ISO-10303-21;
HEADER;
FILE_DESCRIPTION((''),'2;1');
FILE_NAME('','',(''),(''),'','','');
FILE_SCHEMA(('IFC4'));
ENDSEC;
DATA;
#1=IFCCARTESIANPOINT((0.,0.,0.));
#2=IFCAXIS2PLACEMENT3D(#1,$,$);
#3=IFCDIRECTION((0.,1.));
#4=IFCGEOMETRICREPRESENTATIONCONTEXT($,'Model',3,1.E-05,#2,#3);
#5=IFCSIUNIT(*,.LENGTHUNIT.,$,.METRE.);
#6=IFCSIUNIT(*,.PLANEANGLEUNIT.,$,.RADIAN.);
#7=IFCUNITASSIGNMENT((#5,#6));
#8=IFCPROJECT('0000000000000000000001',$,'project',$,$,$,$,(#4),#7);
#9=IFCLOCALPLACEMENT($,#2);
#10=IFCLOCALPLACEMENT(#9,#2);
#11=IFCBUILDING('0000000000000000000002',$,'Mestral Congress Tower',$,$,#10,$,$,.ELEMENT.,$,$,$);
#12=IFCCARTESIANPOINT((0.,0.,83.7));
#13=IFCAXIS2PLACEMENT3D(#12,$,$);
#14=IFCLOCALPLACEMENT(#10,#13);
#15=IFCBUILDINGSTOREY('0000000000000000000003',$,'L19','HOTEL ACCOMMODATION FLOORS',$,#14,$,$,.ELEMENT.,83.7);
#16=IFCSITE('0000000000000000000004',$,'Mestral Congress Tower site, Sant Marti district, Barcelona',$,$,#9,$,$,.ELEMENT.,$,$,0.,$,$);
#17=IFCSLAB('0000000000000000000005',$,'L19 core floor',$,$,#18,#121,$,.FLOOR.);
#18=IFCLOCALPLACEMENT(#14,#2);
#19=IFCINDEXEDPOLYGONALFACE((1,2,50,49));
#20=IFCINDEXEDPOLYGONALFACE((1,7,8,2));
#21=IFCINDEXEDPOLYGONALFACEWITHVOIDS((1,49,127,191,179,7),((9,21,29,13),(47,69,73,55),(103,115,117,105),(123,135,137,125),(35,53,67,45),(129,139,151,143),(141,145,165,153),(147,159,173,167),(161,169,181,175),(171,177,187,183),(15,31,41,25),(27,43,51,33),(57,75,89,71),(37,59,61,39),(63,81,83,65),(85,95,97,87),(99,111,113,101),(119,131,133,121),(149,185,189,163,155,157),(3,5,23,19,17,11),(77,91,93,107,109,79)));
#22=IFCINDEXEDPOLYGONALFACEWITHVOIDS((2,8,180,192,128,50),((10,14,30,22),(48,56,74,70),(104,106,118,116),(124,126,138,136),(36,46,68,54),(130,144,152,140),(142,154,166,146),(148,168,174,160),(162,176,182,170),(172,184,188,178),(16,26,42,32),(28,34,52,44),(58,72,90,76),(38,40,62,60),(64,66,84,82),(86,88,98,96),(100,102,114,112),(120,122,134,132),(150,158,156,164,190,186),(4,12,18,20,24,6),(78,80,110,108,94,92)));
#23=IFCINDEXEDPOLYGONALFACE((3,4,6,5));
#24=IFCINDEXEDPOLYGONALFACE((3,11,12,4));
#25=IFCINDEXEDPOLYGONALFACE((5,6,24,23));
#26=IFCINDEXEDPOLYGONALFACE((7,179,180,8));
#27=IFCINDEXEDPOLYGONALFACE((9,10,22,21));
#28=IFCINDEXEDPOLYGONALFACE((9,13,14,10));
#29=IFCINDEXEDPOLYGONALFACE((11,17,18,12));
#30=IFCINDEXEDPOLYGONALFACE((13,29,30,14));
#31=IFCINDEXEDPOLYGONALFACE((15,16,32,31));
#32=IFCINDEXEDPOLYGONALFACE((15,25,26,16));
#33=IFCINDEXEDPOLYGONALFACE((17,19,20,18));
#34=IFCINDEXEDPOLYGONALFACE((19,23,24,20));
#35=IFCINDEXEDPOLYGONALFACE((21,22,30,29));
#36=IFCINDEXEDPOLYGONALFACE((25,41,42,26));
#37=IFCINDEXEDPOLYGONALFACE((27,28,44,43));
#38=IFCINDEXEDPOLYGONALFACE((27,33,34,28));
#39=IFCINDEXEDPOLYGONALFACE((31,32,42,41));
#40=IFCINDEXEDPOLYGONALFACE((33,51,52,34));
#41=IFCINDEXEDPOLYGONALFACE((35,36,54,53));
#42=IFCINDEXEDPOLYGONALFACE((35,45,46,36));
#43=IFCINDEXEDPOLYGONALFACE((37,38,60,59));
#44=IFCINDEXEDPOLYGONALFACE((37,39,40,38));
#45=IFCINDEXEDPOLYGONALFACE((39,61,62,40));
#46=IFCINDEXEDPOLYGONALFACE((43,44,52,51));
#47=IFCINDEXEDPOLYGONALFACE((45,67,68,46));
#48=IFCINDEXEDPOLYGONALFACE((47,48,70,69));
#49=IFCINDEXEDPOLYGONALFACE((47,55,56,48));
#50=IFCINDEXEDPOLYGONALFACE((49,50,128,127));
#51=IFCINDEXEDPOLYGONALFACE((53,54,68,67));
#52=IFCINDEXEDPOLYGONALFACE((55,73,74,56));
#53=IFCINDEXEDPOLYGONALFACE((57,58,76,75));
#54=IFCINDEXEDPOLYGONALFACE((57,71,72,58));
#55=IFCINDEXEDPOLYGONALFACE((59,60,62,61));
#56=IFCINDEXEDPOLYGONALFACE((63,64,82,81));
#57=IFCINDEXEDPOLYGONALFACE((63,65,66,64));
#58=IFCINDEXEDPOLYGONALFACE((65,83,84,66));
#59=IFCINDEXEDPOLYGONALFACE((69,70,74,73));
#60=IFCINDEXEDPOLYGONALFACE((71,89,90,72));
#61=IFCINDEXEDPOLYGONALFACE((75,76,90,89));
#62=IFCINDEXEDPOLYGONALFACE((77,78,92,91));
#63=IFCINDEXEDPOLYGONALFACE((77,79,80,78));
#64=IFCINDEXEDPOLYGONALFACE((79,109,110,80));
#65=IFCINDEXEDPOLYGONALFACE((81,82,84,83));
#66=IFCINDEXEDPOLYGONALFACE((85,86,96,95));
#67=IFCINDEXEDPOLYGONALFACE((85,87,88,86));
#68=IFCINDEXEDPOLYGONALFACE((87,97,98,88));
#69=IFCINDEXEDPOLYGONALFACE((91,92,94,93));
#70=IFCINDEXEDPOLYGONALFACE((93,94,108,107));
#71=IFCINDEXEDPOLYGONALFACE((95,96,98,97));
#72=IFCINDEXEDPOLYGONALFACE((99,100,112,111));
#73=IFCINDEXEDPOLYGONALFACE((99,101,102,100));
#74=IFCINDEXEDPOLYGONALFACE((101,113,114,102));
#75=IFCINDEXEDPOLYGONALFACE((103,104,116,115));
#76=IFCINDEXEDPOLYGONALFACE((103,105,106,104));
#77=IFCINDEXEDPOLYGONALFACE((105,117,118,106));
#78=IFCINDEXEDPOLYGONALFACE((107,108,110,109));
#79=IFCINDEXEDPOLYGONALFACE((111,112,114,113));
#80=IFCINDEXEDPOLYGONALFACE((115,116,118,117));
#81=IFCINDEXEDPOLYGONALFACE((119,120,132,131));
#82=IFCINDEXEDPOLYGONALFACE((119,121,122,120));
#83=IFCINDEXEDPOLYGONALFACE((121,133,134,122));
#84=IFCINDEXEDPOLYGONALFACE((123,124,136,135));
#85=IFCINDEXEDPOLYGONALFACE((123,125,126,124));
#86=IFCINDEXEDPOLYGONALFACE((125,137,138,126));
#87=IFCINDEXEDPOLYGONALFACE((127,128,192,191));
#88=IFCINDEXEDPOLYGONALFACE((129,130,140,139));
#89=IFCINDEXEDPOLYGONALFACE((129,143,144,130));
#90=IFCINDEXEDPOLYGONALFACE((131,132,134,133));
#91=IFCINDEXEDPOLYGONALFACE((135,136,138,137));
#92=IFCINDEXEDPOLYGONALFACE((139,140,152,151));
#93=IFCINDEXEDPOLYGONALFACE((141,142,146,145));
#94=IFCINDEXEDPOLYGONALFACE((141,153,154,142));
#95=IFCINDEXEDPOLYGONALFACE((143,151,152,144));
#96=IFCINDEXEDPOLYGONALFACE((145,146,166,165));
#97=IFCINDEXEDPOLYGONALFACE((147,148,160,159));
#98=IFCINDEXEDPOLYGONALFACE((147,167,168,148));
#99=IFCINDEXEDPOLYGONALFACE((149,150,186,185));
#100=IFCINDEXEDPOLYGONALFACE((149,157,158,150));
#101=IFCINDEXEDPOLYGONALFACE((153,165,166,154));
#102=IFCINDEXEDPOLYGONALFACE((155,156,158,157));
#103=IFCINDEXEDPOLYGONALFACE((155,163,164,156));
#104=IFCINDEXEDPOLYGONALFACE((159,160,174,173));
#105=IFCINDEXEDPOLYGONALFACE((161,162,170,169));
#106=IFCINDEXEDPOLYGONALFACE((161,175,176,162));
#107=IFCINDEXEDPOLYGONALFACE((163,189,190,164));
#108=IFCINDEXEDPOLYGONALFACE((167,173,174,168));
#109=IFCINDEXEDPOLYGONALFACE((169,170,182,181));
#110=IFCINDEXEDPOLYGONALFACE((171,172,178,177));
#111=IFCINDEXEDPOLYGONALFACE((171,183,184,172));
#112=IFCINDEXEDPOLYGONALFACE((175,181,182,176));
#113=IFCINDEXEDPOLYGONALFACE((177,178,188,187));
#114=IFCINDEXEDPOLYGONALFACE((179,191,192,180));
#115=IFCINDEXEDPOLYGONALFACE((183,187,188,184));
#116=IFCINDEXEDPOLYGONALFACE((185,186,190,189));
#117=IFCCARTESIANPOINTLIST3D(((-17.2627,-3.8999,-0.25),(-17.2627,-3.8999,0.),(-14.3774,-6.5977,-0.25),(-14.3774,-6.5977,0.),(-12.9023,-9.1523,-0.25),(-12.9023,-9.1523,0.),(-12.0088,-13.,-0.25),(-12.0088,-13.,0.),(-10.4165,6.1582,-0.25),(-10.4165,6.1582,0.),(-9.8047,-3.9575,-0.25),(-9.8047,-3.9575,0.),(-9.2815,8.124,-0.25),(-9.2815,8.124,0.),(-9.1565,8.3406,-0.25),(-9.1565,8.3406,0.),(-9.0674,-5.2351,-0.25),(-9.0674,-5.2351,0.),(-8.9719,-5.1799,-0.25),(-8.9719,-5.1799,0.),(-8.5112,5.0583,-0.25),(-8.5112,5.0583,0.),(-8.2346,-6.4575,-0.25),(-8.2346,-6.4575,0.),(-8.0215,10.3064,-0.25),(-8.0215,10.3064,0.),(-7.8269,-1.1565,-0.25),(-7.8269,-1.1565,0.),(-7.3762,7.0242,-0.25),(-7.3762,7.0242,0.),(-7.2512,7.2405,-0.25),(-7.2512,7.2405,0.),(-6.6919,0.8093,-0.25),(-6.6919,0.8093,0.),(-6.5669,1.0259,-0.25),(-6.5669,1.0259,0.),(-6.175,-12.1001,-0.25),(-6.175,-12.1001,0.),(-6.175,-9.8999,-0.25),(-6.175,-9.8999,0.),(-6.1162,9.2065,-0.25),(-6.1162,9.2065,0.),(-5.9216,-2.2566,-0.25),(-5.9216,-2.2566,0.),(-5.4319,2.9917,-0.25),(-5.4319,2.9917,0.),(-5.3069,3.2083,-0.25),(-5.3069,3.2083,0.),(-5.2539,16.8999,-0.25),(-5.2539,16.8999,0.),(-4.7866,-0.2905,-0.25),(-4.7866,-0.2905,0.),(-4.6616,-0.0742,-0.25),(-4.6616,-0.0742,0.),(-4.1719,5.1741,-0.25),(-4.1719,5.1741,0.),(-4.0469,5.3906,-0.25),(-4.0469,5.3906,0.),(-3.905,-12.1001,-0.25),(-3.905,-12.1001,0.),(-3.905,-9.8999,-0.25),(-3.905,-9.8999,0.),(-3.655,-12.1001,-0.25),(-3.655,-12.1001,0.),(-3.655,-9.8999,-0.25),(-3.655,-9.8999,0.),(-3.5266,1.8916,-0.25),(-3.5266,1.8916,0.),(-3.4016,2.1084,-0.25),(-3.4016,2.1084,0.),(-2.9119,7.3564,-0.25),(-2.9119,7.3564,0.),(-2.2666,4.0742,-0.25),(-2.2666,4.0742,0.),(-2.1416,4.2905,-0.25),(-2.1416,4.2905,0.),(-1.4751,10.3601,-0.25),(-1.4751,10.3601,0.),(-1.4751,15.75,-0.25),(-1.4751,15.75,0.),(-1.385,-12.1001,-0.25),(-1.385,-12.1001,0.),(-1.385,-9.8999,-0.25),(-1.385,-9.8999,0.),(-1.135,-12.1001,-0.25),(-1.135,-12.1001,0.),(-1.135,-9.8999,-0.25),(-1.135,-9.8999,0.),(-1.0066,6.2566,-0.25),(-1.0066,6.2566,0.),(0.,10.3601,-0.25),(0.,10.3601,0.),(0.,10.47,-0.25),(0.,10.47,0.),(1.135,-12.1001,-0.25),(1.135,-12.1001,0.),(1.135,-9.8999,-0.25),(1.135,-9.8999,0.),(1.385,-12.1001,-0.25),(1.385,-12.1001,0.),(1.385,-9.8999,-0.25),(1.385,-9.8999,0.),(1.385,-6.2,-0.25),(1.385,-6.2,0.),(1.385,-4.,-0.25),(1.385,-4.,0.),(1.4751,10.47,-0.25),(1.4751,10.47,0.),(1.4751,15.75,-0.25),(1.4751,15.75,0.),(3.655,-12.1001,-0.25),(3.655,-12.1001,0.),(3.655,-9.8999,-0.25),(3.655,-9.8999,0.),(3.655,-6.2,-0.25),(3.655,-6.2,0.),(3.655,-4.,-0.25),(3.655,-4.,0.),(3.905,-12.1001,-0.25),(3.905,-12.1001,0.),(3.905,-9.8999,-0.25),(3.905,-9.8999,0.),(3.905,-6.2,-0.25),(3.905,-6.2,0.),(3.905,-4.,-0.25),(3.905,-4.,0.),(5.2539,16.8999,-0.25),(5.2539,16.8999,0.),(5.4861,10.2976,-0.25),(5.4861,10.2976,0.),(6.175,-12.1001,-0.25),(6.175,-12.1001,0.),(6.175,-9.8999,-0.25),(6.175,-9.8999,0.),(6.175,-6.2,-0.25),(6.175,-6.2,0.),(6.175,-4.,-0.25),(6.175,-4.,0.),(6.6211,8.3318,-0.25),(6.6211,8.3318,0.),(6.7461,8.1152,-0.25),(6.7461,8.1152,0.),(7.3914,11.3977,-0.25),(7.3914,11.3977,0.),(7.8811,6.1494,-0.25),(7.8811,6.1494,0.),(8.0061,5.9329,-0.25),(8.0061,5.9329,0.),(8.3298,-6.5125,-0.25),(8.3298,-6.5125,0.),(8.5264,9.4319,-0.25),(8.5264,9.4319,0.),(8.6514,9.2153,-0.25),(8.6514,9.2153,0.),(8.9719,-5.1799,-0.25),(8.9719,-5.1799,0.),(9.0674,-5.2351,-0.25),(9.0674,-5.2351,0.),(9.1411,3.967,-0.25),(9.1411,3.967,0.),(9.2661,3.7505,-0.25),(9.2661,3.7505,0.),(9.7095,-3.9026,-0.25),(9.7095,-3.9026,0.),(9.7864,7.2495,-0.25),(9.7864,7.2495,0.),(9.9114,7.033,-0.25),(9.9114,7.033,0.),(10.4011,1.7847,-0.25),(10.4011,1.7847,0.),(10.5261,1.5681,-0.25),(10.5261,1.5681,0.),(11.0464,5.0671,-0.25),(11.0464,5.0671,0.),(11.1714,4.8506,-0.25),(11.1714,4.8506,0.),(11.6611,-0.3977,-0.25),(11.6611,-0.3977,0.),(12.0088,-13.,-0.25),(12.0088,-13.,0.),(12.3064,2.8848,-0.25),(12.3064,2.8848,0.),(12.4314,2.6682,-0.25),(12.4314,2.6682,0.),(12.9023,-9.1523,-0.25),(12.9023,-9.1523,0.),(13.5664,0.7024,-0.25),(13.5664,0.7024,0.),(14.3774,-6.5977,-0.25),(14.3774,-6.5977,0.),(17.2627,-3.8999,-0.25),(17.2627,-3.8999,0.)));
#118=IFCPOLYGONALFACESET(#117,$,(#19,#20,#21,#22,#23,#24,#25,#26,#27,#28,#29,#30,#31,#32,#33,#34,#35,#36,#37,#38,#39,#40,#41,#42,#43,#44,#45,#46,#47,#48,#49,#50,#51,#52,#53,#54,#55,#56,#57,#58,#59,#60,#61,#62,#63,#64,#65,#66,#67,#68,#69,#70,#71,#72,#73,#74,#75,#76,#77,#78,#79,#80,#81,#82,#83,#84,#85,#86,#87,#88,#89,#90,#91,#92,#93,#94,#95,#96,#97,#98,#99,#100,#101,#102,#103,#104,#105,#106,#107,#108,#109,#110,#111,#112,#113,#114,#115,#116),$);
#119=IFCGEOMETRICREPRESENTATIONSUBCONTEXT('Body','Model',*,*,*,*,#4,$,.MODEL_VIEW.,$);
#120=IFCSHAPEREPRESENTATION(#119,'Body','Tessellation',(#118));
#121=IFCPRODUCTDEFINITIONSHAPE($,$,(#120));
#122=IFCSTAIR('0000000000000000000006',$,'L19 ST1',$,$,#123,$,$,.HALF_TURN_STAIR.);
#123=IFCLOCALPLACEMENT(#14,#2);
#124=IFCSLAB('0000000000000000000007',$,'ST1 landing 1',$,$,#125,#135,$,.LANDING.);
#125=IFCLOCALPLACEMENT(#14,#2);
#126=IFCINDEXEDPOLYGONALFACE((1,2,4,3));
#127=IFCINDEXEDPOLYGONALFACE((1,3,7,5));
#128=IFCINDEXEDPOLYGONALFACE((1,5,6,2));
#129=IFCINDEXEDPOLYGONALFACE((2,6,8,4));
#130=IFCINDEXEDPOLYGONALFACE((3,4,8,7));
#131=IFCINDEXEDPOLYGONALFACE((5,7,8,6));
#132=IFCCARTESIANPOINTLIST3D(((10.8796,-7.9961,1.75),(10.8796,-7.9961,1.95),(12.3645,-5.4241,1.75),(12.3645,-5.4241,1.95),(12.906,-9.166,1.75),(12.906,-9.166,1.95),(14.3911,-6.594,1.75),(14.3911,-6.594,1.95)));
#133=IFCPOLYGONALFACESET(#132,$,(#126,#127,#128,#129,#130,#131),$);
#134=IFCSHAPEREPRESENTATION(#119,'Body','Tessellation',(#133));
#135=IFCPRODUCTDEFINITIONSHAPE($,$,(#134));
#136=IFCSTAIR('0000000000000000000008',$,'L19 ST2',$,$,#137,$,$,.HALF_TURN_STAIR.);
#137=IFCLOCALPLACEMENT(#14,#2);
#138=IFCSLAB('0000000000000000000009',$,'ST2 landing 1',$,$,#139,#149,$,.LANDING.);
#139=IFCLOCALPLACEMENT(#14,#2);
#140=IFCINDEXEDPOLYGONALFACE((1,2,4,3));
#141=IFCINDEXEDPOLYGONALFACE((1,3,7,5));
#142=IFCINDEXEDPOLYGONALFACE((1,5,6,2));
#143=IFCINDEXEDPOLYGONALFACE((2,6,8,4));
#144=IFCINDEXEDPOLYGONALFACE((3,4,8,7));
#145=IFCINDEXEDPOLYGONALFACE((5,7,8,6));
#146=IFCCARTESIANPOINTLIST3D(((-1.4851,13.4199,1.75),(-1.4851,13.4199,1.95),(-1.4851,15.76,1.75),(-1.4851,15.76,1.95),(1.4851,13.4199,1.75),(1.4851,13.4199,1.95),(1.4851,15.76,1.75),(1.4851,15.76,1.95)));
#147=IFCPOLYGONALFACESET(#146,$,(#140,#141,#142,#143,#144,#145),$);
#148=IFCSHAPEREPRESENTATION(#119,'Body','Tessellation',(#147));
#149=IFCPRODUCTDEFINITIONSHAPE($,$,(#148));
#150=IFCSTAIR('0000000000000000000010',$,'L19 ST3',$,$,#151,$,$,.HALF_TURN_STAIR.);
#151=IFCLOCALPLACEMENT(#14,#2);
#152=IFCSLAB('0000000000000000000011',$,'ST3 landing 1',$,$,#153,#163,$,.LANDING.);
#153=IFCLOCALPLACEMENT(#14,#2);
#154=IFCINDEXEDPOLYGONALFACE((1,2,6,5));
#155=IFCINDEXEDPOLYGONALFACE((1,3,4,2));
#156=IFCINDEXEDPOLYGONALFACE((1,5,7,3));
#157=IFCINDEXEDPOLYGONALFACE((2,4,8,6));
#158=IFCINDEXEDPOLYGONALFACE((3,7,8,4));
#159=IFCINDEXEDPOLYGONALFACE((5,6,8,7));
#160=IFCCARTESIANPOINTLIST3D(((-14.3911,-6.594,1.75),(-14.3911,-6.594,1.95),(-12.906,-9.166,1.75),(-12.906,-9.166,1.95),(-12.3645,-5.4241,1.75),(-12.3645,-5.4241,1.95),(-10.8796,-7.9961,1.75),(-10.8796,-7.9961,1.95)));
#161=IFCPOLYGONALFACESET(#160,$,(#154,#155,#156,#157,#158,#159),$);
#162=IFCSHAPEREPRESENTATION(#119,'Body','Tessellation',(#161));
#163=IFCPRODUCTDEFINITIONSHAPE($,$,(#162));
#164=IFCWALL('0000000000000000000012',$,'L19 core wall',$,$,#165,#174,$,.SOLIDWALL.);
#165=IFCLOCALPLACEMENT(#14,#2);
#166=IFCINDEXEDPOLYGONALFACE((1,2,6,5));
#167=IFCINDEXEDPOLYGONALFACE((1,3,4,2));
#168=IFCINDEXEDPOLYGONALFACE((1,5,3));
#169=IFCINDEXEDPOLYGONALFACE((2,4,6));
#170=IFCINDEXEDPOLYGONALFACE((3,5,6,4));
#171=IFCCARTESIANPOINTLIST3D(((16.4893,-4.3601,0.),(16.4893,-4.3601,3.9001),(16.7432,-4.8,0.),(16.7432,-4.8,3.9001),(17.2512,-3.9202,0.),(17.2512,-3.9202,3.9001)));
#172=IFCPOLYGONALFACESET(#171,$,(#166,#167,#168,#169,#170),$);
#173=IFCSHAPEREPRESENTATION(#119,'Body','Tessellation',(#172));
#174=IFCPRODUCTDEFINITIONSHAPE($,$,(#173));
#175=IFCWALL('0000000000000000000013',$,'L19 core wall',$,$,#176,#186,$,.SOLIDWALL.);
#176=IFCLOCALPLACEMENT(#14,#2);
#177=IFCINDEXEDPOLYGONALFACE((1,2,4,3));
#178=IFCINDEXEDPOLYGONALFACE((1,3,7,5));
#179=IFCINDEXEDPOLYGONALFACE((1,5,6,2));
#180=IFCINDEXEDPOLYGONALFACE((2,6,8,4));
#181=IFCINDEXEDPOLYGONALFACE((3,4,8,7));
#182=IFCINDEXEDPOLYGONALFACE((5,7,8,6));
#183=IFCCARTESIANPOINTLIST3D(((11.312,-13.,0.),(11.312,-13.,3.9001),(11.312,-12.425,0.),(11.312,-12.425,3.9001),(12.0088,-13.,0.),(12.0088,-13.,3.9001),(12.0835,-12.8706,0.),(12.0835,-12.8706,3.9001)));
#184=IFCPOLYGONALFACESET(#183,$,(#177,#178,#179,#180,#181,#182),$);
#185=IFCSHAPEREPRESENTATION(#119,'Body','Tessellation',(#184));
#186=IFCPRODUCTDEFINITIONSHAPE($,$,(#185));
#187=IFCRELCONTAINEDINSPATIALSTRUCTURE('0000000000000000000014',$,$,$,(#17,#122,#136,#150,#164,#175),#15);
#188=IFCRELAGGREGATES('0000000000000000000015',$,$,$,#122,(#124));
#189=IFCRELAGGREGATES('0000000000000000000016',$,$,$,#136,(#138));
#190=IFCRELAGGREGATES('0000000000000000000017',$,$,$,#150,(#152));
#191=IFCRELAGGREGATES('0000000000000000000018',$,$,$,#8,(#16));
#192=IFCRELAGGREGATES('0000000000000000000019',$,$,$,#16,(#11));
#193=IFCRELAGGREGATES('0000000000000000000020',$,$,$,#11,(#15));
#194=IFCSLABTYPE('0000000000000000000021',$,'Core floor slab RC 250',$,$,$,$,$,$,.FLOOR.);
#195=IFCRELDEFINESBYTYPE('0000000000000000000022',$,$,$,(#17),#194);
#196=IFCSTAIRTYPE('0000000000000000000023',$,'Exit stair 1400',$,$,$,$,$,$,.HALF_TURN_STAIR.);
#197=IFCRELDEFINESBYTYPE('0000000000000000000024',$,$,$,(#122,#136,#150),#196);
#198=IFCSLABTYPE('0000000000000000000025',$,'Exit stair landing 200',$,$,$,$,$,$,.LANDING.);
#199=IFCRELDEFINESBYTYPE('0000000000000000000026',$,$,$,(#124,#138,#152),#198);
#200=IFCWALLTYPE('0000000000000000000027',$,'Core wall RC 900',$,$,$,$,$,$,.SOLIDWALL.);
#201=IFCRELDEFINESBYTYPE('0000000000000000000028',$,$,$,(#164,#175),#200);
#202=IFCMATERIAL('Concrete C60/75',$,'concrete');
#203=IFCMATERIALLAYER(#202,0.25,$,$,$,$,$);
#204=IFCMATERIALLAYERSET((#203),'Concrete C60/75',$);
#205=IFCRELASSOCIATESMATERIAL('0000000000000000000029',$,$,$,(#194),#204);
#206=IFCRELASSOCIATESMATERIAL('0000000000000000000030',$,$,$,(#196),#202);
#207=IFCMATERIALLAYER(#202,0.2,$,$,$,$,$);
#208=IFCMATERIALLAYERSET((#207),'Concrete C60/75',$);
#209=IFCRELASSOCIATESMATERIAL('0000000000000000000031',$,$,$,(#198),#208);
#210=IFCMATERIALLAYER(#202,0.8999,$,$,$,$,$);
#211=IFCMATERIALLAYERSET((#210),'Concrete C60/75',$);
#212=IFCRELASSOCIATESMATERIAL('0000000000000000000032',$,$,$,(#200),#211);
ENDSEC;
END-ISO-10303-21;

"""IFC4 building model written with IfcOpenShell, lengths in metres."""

from ifc_helpers import new_model, si_unit, direction, frame, origin, place, context, subcontext, project, spatial, polyline, outline, extrude, material, layer, layer_set, type_object, element, aggregate, save


model = new_model("IFC4")

# Units and contexts
model_context = context("Model", 3, precision=1e-05, world=origin(), true_north=direction((0.0, 1.0)))
body_context = subcontext(model_context, "Body", "Model", "MODEL_VIEW")
ifc_project = project(units=[si_unit("LENGTHUNIT", "METRE"), si_unit("PLANEANGLEUNIT", "RADIAN")], contexts=[model_context])

# Site, building, storey
site_placement = place(None, origin())
site = spatial("IfcSite", under=ifc_project, at=site_placement, Name="Mestral Congress Tower site, Sant Marti district, Barcelona", CompositionType="ELEMENT", RefElevation=0.0)
building_placement = place(site_placement, origin())
building = spatial("IfcBuilding", under=site, at=building_placement, Name="Mestral Congress Tower", CompositionType="ELEMENT")
storey_placement = place(building_placement, frame((0.0, 0.0, 83.7)))
storey = spatial("IfcBuildingStorey", under=building, at=storey_placement, Name="L19", Description="HOTEL ACCOMMODATION FLOORS", CompositionType="ELEMENT", Elevation=83.7)

# Slab
ifc_material_1 = material(Name="Concrete C60/75", Category="concrete")
ifc_layer_1 = layer(ifc_material_1, 0.25)
ifc_layer_set_1 = layer_set([ifc_layer_1], Name="Concrete C60/75")
slab_type_1 = type_object("IfcSlabType", Name="Core floor slab RC 250", PredefinedType="FLOOR", material=ifc_layer_set_1)
slab_1_placement = place(storey_placement, frame((0.0, 0.0, -0.25)))
element("IfcSlab", 1, at=slab_1_placement, inside=storey, type_object=slab_type_1, Name="L19 core floor", PredefinedType="FLOOR", context=body_context, shape_type="SweptSolid", body=[
    extrude(outline(polyline([(12.0088, -13.0), (-12.0088, -13.0), (-17.2627, -3.8999), (-5.2539, 16.8999), (5.2539, 16.8999), (17.2627, -3.8999), (12.0088, -13.0)]), holes=[polyline([(-3.905, -9.8999), (-6.175, -9.8999), (-6.175, -12.1001), (-3.905, -12.1001), (-3.905, -9.8999)]), polyline([(-1.385, -9.8999), (-3.655, -9.8999), (-3.655, -12.1001), (-1.385, -12.1001), (-1.385, -9.8999)]), polyline([(1.135, -9.8999), (-1.135, -9.8999), (-1.135, -12.1001), (1.135, -12.1001), (1.135, -9.8999)]), polyline([(-9.0674, -5.2351), (-9.8047, -3.9575), (-14.3774, -6.5977), (-12.9023, -9.1523), (-8.2346, -6.4575), (-8.9719, -5.1799), (-9.0674, -5.2351)]), polyline([(-7.8269, -1.1565), (-5.9216, -2.2566), (-4.7866, -0.2905), (-6.6919, 0.8093), (-7.8269, -1.1565)]), polyline([(-4.6616, -0.0742), (-3.5266, 1.8916), (-5.4319, 2.9917), (-6.5669, 1.0259), (-4.6616, -0.0742)]), polyline([(-3.4016, 2.1084), (-2.2666, 4.0742), (-4.1719, 5.1741), (-5.3069, 3.2083), (-3.4016, 2.1084)]), polyline([(-2.1416, 4.2905), (-1.0066, 6.2566), (-2.9119, 7.3564), (-4.0469, 5.3906), (-2.1416, 4.2905)]), polyline([(-10.4165, 6.1582), (-8.5112, 5.0583), (-7.3762, 7.0242), (-9.2815, 8.124), (-10.4165, 6.1582)]), polyline([(-9.1565, 8.3406), (-7.2512, 7.2405), (-6.1162, 9.2065), (-8.0215, 10.3064), (-9.1565, 8.3406)]), polyline([(1.4751, 10.47), (1.4751, 15.75), (-1.4751, 15.75), (-1.4751, 10.3601), (0.0, 10.3601), (0.0, 10.47), (1.4751, 10.47)]), polyline([(3.655, -9.8999), (1.385, -9.8999), (1.385, -12.1001), (3.655, -12.1001), (3.655, -9.8999)]), polyline([(6.175, -9.8999), (3.905, -9.8999), (3.905, -12.1001), (6.175, -12.1001), (6.175, -9.8999)]), polyline([(9.0674, -5.2351), (8.3298, -6.5125), (12.9023, -9.1523), (14.3774, -6.5977), (9.7095, -3.9026), (8.9719, -5.1799), (9.0674, -5.2351)]), polyline([(3.655, -6.2), (3.655, -4.0), (1.385, -4.0), (1.385, -6.2), (3.655, -6.2)]), polyline([(6.175, -4.0), (3.905, -4.0), (3.905, -6.2), (6.175, -6.2), (6.175, -4.0)]), polyline([(12.4314, 2.6682), (10.5261, 1.5681), (11.6611, -0.3977), (13.5664, 0.7024), (12.4314, 2.6682)]), polyline([(11.1714, 4.8506), (9.2661, 3.7505), (10.4011, 1.7847), (12.3064, 2.8848), (11.1714, 4.8506)]), polyline([(8.0061, 5.9329), (9.1411, 3.967), (11.0464, 5.0671), (9.9114, 7.033), (8.0061, 5.9329)]), polyline([(8.6514, 9.2153), (6.7461, 8.1152), (7.8811, 6.1494), (9.7864, 7.2495), (8.6514, 9.2153)]), polyline([(7.3914, 11.3977), (5.4861, 10.2976), (6.6211, 8.3318), (8.5264, 9.4319), (7.3914, 11.3977)])]), origin(), (0.0, 0.0, 1.0), 0.25),
])

# Stairs, slabs
stair_type = type_object("IfcStairType", Name="Exit stair 1400", PredefinedType="HALF_TURN_STAIR", material=ifc_material_1)
placement_1 = place(storey_placement, origin())
stair_1 = element("IfcStair", 2, at=placement_1, inside=storey, type_object=stair_type, Name="L19 ST1", PredefinedType="HALF_TURN_STAIR")
ifc_layer_2 = layer(ifc_material_1, 0.2)
ifc_layer_set_2 = layer_set([ifc_layer_2], Name="Concrete C60/75")
slab_type_2 = type_object("IfcSlabType", Name="Exit stair landing 200", PredefinedType="LANDING", material=ifc_layer_set_2)
placement_2 = place(storey_placement, frame((0.0, 0.0, 1.75)))
slab_2 = element("IfcSlab", 3, at=placement_2, type_object=slab_type_2, Name="ST1 landing 1", PredefinedType="LANDING", context=body_context, shape_type="SweptSolid", body=[
    extrude(outline(polyline([(10.8796, -7.9961), (12.3645, -5.4241), (14.3911, -6.594), (12.906, -9.166), (10.8796, -7.9961)])), origin(), (0.0, 0.0, 1.0), 0.2),
])
aggregate(stair_1, [slab_2])
stair_2 = element("IfcStair", 4, at=placement_1, inside=storey, type_object=stair_type, Name="L19 ST2", PredefinedType="HALF_TURN_STAIR")
slab_3 = element("IfcSlab", 5, at=placement_2, type_object=slab_type_2, Name="ST2 landing 1", PredefinedType="LANDING", context=body_context, shape_type="SweptSolid", body=[
    extrude(outline(polyline([(1.4851, 13.4199), (-1.4851, 13.4199), (-1.4851, 15.76), (1.4851, 15.76), (1.4851, 13.4199)])), origin(), (0.0, 0.0, 1.0), 0.2),
])
aggregate(stair_2, [slab_3])
stair_3 = element("IfcStair", 6, at=placement_1, inside=storey, type_object=stair_type, Name="L19 ST3", PredefinedType="HALF_TURN_STAIR")
slab_4 = element("IfcSlab", 7, at=placement_2, type_object=slab_type_2, Name="ST3 landing 1", PredefinedType="LANDING", context=body_context, shape_type="SweptSolid", body=[
    extrude(outline(polyline([(-12.3645, -5.4241), (-10.8796, -7.9961), (-12.906, -9.166), (-14.3911, -6.594), (-12.3645, -5.4241)])), origin(), (0.0, 0.0, 1.0), 0.2),
])
aggregate(stair_3, [slab_4])

# Walls
ifc_layer_3 = layer(ifc_material_1, 0.8999)
ifc_layer_set_3 = layer_set([ifc_layer_3], Name="Concrete C60/75")
wall_type_1 = type_object("IfcWallType", Name="Core wall RC 900", PredefinedType="SOLIDWALL", material=ifc_layer_set_3)
element("IfcWall", 8, at=placement_1, inside=storey, type_object=wall_type_1, Name="L19 core wall", PredefinedType="SOLIDWALL", context=body_context, shape_type="SweptSolid", body=[
    extrude(outline(polyline([(16.7432, -4.8), (16.4893, -4.3601), (17.2512, -3.9202), (16.7432, -4.8)])), origin(), (0.0, 0.0, 1.0), 3.9001),
])
element("IfcWall", 9, at=placement_1, inside=storey, type_object=wall_type_1, Name="L19 core wall", PredefinedType="SOLIDWALL", context=body_context, shape_type="SweptSolid", body=[
    extrude(outline(polyline([(12.0088, -13.0), (11.312, -13.0), (11.312, -12.425), (12.0835, -12.8706), (12.0088, -13.0)])), origin(), (0.0, 0.0, 1.0), 3.9001),
])

save(model, "model.ifc")
